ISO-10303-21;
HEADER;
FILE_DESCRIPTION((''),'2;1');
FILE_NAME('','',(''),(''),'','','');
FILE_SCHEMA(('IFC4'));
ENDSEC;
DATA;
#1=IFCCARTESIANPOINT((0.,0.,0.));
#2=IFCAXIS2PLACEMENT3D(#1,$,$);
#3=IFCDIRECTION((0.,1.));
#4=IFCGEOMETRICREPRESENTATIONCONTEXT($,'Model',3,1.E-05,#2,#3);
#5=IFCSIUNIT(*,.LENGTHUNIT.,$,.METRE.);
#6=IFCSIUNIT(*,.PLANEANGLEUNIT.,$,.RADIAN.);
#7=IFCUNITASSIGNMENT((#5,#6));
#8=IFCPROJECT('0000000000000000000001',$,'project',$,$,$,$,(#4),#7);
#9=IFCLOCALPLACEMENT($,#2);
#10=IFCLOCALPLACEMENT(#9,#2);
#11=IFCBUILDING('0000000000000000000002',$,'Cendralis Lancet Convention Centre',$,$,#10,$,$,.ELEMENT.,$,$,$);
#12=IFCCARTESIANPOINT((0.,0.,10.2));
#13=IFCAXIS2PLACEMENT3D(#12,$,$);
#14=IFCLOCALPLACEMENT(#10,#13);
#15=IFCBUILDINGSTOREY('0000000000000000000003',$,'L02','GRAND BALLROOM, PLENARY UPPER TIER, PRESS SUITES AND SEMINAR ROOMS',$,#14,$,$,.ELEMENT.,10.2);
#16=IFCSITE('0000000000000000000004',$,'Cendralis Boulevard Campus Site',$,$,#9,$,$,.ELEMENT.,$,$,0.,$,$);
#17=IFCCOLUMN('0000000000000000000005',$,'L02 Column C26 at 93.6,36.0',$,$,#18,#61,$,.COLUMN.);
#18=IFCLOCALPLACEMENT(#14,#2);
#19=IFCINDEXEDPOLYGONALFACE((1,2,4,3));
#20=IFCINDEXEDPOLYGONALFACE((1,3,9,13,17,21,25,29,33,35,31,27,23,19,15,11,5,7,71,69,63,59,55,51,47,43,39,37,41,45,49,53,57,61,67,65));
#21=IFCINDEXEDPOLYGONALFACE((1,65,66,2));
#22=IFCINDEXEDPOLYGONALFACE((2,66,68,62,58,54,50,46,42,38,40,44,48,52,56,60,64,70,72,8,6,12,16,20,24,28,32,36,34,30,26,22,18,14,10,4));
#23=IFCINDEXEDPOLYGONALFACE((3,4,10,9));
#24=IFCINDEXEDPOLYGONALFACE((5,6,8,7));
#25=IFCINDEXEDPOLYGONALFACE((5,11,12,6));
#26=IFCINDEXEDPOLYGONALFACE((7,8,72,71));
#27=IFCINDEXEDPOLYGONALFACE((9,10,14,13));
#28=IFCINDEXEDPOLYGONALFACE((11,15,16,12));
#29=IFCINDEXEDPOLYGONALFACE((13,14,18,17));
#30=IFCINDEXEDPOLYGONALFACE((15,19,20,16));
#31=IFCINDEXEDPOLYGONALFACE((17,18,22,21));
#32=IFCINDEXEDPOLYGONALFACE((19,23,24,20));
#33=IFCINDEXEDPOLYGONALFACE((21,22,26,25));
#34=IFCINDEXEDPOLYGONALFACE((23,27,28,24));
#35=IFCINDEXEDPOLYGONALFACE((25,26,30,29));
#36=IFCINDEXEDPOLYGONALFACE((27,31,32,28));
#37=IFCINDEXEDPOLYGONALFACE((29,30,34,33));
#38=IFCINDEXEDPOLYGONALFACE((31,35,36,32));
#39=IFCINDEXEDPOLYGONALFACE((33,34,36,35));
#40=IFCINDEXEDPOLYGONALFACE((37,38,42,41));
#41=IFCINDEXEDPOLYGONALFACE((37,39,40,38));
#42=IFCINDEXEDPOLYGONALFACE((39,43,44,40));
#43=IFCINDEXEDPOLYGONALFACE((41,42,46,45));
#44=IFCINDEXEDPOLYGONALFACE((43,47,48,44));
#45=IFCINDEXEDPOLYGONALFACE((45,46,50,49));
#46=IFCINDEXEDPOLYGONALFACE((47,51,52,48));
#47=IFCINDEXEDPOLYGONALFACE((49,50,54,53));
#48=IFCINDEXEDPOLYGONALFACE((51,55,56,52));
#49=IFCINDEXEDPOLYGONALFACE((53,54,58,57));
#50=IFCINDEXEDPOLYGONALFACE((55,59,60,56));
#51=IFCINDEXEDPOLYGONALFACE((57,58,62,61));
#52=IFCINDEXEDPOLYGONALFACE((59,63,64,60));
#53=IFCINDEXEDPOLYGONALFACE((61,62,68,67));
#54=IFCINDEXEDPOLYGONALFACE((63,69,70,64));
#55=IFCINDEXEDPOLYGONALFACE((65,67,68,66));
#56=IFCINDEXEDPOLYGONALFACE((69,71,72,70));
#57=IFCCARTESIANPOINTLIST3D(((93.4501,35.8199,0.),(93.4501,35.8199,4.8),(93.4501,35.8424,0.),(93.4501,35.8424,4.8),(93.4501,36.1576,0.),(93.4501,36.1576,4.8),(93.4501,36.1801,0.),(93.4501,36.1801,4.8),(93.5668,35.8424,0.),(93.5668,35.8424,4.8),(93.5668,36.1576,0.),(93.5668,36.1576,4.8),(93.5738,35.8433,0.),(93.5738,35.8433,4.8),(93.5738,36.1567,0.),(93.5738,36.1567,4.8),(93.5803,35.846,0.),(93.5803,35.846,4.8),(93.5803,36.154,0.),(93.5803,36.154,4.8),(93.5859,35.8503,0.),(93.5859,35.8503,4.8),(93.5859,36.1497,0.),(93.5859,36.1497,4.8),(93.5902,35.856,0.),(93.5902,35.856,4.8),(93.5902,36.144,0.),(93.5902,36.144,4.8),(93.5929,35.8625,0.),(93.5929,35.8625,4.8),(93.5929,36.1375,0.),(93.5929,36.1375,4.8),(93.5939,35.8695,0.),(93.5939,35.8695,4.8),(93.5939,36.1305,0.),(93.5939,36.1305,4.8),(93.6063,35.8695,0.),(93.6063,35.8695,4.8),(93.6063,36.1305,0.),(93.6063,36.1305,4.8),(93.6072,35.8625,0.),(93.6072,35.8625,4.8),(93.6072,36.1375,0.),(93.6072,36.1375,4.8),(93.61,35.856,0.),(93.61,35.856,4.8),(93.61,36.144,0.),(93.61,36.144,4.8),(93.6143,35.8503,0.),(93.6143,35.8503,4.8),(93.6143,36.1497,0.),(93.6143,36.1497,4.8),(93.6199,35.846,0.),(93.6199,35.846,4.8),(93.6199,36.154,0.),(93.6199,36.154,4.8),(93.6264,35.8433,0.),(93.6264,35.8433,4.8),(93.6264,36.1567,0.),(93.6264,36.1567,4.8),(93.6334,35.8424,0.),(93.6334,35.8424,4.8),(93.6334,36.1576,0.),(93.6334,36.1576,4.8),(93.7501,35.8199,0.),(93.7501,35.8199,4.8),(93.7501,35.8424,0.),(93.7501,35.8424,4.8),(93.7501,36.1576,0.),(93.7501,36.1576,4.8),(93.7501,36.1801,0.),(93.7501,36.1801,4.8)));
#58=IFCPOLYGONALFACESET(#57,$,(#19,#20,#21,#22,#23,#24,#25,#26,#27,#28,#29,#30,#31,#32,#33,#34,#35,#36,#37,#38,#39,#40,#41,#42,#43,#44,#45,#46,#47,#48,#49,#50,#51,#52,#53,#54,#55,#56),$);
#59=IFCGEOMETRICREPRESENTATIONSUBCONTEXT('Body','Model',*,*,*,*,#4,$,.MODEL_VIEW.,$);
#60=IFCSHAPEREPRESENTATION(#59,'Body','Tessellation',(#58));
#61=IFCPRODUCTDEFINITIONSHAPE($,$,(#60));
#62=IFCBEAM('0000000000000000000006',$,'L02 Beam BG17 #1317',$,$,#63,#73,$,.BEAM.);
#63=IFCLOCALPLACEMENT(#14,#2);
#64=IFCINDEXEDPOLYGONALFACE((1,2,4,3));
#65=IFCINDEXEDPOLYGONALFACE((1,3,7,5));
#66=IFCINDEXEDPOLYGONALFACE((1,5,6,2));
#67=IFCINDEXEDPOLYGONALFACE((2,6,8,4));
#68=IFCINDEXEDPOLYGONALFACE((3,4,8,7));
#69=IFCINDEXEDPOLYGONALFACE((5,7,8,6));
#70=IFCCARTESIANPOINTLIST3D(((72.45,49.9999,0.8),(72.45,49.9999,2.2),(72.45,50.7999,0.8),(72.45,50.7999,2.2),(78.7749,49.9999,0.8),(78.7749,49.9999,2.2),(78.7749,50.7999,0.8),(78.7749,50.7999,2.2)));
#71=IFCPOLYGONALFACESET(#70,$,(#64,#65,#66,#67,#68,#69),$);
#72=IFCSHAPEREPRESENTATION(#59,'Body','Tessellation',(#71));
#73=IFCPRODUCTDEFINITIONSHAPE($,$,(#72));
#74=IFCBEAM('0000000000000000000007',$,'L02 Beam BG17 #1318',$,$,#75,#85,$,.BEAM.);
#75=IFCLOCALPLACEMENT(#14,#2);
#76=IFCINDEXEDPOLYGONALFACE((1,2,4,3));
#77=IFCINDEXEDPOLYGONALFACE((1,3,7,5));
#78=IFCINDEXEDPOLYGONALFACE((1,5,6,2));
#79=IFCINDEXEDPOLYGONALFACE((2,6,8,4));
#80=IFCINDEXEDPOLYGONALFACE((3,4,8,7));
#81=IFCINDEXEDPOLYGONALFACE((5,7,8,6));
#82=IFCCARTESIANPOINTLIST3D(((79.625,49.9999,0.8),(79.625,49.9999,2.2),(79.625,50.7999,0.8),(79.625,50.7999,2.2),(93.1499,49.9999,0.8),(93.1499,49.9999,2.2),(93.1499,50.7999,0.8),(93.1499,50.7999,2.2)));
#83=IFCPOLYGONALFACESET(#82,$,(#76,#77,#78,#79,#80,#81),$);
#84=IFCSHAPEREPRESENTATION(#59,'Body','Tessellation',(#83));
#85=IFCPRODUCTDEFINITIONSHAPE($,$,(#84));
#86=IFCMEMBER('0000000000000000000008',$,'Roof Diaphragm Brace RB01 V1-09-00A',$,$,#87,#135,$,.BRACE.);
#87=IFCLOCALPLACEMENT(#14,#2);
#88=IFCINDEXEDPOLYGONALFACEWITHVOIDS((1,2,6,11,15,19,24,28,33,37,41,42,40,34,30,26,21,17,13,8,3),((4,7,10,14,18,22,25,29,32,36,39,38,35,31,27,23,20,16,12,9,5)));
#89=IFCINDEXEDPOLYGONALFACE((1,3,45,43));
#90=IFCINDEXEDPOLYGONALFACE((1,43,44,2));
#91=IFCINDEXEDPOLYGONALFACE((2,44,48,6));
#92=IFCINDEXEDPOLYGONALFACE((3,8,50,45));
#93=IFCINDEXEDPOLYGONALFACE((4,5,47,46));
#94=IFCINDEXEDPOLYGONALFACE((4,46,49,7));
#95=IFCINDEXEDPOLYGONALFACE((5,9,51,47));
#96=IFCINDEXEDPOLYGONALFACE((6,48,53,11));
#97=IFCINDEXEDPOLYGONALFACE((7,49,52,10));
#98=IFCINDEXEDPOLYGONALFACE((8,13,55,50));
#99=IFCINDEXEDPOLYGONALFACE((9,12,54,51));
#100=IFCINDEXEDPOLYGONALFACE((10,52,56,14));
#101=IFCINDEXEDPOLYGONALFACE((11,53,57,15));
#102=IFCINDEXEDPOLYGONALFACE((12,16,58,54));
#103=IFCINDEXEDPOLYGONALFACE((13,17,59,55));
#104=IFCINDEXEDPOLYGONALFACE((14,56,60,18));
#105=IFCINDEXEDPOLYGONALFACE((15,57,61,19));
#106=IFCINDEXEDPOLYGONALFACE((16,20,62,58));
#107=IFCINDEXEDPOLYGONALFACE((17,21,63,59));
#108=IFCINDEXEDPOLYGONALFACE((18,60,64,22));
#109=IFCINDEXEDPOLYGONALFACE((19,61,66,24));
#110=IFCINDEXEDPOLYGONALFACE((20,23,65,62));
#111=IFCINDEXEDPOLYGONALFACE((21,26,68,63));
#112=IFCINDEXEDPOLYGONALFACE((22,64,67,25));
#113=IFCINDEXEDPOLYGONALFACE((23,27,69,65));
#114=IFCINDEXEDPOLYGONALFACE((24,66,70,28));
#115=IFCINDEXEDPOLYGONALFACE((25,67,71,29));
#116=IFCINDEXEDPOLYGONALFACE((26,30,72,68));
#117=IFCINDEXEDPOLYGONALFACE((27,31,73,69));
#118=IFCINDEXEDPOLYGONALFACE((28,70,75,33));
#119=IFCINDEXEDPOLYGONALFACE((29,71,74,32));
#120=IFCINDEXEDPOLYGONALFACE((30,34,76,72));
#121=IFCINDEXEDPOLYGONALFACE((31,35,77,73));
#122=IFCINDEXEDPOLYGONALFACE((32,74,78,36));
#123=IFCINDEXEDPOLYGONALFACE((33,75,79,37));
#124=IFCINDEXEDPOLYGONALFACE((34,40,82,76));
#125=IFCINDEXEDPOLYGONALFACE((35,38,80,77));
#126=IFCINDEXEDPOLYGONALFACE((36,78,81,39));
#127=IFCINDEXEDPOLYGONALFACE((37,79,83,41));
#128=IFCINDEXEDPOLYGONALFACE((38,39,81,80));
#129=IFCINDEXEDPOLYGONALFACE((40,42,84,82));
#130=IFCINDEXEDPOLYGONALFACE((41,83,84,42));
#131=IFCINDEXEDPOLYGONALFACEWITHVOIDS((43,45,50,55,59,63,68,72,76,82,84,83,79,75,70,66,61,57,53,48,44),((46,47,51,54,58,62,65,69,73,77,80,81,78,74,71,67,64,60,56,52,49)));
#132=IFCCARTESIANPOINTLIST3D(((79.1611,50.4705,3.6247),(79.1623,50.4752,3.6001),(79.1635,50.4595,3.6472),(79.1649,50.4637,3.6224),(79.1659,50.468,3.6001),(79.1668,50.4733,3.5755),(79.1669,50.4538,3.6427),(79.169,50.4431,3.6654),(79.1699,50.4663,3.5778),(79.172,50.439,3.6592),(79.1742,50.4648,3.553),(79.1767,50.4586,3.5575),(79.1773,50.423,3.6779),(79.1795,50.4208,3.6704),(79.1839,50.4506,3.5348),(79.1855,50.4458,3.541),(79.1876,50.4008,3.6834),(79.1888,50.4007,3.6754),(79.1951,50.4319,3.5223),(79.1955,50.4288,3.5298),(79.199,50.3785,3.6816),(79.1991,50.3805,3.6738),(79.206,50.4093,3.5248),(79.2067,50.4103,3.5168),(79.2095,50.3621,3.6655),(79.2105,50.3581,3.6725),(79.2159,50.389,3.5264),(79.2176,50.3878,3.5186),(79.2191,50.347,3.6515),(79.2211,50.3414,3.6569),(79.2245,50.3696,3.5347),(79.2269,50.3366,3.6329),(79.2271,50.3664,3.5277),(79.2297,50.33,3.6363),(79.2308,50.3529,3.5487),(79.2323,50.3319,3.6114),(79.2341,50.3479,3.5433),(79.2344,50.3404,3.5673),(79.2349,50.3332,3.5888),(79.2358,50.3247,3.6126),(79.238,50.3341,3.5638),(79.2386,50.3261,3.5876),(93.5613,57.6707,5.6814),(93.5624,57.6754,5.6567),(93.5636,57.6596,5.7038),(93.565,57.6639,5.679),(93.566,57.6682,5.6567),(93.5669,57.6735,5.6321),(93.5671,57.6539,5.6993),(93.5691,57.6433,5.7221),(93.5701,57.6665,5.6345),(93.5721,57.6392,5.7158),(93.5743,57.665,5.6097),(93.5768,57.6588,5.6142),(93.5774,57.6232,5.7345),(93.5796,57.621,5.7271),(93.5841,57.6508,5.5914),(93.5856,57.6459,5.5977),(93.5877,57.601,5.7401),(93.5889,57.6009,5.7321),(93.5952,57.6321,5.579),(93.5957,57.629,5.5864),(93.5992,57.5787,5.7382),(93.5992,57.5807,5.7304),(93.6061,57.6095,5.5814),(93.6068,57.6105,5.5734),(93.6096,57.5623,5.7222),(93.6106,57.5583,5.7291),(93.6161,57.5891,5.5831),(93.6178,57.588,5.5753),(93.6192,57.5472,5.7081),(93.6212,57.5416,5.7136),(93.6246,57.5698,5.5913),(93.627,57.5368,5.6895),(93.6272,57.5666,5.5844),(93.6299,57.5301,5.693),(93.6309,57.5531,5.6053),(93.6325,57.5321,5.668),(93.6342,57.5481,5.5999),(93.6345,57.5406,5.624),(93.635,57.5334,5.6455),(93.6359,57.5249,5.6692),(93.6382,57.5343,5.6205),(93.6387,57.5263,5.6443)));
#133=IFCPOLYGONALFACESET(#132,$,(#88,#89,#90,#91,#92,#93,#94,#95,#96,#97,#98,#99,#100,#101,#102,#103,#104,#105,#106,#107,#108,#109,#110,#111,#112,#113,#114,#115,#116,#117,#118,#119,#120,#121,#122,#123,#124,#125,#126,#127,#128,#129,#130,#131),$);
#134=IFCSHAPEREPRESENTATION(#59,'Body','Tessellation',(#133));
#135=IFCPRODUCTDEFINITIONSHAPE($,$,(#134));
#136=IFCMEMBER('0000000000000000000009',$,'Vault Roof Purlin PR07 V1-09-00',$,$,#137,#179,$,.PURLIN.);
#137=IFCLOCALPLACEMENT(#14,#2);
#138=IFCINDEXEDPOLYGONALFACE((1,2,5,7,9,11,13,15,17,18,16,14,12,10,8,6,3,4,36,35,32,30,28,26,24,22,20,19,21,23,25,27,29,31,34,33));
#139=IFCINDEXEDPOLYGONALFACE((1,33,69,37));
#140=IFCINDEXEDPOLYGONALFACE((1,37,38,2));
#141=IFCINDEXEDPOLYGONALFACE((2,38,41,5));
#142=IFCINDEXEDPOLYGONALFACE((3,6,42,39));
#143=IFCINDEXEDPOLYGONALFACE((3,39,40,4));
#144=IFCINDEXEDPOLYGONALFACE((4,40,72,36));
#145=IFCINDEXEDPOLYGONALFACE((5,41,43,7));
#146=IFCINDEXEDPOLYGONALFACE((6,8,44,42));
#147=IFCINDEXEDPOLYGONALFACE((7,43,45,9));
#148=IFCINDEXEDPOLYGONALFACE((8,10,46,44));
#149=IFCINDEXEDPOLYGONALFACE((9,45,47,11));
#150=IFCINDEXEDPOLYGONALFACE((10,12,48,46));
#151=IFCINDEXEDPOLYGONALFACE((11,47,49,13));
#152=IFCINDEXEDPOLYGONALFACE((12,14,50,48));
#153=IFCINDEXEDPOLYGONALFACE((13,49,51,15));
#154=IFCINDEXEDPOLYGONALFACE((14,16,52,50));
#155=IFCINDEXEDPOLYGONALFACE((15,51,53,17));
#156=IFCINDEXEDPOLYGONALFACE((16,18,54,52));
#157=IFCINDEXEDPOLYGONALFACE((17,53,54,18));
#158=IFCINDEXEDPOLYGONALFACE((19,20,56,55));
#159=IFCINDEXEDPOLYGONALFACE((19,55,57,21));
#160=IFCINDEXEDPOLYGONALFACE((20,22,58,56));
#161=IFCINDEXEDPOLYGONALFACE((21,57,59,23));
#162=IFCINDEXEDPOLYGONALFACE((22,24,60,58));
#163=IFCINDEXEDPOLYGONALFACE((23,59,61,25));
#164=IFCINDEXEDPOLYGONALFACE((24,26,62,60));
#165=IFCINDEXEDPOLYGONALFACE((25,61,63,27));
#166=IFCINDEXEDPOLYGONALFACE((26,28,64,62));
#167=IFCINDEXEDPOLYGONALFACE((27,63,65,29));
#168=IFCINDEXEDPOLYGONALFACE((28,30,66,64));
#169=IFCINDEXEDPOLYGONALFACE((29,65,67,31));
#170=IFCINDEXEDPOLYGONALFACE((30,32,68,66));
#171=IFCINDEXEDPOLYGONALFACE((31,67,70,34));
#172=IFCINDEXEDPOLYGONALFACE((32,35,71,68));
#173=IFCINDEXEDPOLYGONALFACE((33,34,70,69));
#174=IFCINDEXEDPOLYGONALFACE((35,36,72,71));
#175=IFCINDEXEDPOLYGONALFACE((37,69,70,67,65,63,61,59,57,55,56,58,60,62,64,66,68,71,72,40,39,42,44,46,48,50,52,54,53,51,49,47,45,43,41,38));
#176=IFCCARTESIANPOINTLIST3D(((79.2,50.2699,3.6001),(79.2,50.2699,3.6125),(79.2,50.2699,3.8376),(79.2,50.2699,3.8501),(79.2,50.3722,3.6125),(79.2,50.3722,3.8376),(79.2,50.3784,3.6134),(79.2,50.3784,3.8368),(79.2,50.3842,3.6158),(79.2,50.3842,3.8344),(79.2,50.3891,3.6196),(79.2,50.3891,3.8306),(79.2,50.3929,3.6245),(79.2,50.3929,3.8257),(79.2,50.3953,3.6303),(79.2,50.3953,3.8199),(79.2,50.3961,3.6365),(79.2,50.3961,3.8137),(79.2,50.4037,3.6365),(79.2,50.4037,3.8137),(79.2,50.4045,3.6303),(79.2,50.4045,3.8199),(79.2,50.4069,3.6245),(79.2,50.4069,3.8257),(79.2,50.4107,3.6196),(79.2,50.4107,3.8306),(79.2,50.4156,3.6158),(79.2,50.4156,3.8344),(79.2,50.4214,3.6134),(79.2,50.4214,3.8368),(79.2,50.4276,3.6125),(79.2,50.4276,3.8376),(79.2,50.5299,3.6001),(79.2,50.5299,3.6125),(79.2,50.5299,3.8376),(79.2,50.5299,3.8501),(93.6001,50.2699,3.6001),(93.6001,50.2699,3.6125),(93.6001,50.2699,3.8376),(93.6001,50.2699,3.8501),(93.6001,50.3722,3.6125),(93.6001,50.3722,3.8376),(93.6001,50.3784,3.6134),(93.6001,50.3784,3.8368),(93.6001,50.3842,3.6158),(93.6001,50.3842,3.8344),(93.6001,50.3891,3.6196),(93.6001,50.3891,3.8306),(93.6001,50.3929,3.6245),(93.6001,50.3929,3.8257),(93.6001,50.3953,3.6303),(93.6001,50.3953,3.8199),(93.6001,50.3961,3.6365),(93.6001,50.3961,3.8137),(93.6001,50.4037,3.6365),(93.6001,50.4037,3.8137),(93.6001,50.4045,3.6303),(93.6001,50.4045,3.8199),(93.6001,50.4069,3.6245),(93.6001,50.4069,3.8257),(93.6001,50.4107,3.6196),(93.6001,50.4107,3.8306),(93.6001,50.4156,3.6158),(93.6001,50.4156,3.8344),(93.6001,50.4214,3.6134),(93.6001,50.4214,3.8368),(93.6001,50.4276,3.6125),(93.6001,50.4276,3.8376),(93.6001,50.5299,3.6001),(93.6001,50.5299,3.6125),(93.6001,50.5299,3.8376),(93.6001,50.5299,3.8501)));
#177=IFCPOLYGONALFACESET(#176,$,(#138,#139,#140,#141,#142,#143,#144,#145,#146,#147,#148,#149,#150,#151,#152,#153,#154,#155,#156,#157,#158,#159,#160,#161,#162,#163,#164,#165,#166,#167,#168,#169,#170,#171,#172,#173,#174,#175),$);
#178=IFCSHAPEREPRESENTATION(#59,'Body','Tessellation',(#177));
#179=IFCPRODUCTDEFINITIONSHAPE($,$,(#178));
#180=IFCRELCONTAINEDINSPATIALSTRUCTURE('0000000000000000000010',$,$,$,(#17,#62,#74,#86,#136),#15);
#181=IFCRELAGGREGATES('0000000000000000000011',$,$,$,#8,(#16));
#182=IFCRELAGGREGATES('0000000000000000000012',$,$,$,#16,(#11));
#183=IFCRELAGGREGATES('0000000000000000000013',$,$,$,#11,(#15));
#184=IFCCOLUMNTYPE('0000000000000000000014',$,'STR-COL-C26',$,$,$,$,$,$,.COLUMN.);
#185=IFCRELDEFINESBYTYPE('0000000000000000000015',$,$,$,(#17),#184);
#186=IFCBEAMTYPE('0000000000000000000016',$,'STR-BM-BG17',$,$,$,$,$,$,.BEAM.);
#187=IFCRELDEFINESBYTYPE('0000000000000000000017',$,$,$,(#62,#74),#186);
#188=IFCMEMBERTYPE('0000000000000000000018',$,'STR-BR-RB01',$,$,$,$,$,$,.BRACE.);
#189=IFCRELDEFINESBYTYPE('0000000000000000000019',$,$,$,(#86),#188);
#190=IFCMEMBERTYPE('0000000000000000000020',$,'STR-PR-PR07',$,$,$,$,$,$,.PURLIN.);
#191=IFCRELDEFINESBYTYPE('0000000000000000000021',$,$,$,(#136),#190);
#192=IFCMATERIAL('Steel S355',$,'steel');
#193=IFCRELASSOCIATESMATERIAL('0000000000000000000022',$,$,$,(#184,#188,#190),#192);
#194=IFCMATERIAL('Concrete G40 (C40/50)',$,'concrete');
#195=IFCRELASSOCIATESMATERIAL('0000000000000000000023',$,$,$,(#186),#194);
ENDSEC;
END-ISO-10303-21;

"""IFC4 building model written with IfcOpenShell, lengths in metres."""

from ifc_helpers import new_model, si_unit, direction, frame, origin, origin_2d, place, context, subcontext, project, spatial, rectangle, hollow_circle, i_section, extrude, material, material_profile, profile_set, type_object, element, save


model = new_model("IFC4")

# Units and contexts
model_context = context("Model", 3, precision=1e-05, world=origin(), true_north=direction((0.0, 1.0)))
body_context = subcontext(model_context, "Body", "Model", "MODEL_VIEW")
ifc_project = project(units=[si_unit("LENGTHUNIT", "METRE"), si_unit("PLANEANGLEUNIT", "RADIAN")], contexts=[model_context])

# Site, building, storey
site_placement = place(None, origin())
site = spatial("IfcSite", under=ifc_project, at=site_placement, Name="Cendralis Boulevard Campus Site", CompositionType="ELEMENT", RefElevation=0.0)
building_placement = place(site_placement, origin())
building = spatial("IfcBuilding", under=site, at=building_placement, Name="Cendralis Lancet Convention Centre", CompositionType="ELEMENT")
storey_placement = place(building_placement, frame((0.0, 0.0, 10.2)))
storey = spatial("IfcBuildingStorey", under=building, at=storey_placement, Name="L02", Description="GRAND BALLROOM, PLENARY UPPER TIER, PRESS SUITES AND SEMINAR ROOMS", CompositionType="ELEMENT", Elevation=10.2)

# Column
ifc_material_1 = material(Name="Steel S355", Category="steel")
ifc_material_profile_1 = material_profile(ifc_material_1, i_section(OverallWidth=0.3, OverallDepth=0.3601, WebThickness=0.0125, FlangeThickness=0.0225, FilletRadius=0.0271, at=origin_2d()), Name="HEB 360")
ifc_profile_set_1 = profile_set([ifc_material_profile_1], Name="Steel S355")
column_type = type_object("IfcColumnType", Name="STR-COL-C26", PredefinedType="COLUMN", material=ifc_profile_set_1)
column_placement = place(storey_placement, frame((93.6001, 36.0, 0.0), z_axis=(0.0, 0.0, 1.0), x_axis=(1.0, 0.0, 0.0)))
element("IfcColumn", 1, at=column_placement, inside=storey, type_object=column_type, Name="L02 Column C26 at 93.6,36.0", PredefinedType="COLUMN", context=body_context, shape_type="SweptSolid", body=[
    extrude(i_section(OverallWidth=0.3, OverallDepth=0.3601, WebThickness=0.0125, FlangeThickness=0.0225, FilletRadius=0.0271, at=origin_2d()), origin(), (0.0, 0.0, 1.0), 4.8),
])

# Beams
ifc_material_2 = material(Name="Concrete G40 (C40/50)", Category="concrete")
ifc_material_profile_2 = material_profile(ifc_material_2, rectangle(XDim=0.8, YDim=1.3999, at=origin_2d()), Name="RCB 800x1400")
ifc_profile_set_2 = profile_set([ifc_material_profile_2], Name="Concrete G40 (C40/50)")
beam_type_1 = type_object("IfcBeamType", Name="STR-BM-BG17", PredefinedType="BEAM", material=ifc_profile_set_2)
beam_1_placement = place(storey_placement, frame((72.45, 50.3999, 1.5), z_axis=(1.0, 0.0, 0.0), x_axis=(0.0, 1.0, 0.0)))
element("IfcBeam", 2, at=beam_1_placement, inside=storey, type_object=beam_type_1, Name="L02 Beam BG17 #1317", PredefinedType="BEAM", context=body_context, shape_type="SweptSolid", body=[
    extrude(rectangle(XDim=0.8, YDim=1.3999, at=origin_2d()), origin(), (0.0, 0.0, 1.0), 6.325),
])
beam_2_placement = place(storey_placement, frame((79.625, 50.3999, 1.5), z_axis=(1.0, 0.0, 0.0), x_axis=(0.0, 1.0, 0.0)))
element("IfcBeam", 3, at=beam_2_placement, inside=storey, type_object=beam_type_1, Name="L02 Beam BG17 #1318", PredefinedType="BEAM", context=body_context, shape_type="SweptSolid", body=[
    extrude(rectangle(XDim=0.8, YDim=1.3999, at=origin_2d()), origin(), (0.0, 0.0, 1.0), 13.5249),
])

# Members
ifc_material_profile_3 = material_profile(ifc_material_1, hollow_circle(Radius=0.0842, WallThickness=0.0081, at=origin_2d()), Name="CHS 168.3x8.0")
ifc_profile_set_3 = profile_set([ifc_material_profile_3], Name="Steel S355")
member_type_1 = type_object("IfcMemberType", Name="STR-BR-RB01", PredefinedType="BRACE", material=ifc_profile_set_3)
member_1_placement = place(storey_placement, frame((79.2, 50.3999, 3.6001), z_axis=(0.887215, 0.443615, 0.126713), x_axis=(-0.44722, 0.894424, 0.0)))
element("IfcMember", 4, at=member_1_placement, inside=storey, type_object=member_type_1, Name="Roof Diaphragm Brace RB01 V1-09-00A", PredefinedType="BRACE", context=body_context, shape_type="SweptSolid", body=[
    extrude(hollow_circle(Radius=0.0842, WallThickness=0.0081, at=origin_2d()), origin(), (0.0, 0.0, 1.0), 16.2307),
])
ifc_material_profile_4 = material_profile(ifc_material_1, i_section(OverallWidth=0.26, OverallDepth=0.25, WebThickness=0.0076, FlangeThickness=0.0125, FilletRadius=0.0239, at=origin_2d()), Name="HEA 260")
ifc_profile_set_4 = profile_set([ifc_material_profile_4], Name="Steel S355")
member_type_2 = type_object("IfcMemberType", Name="STR-PR-PR07", PredefinedType="PURLIN", material=ifc_profile_set_4)
member_2_placement = place(storey_placement, frame((79.2, 50.3999, 3.7251), z_axis=(1.0, 0.0, 0.0), x_axis=(0.0, 1.0, 0.0)))
element("IfcMember", 5, at=member_2_placement, inside=storey, type_object=member_type_2, Name="Vault Roof Purlin PR07 V1-09-00", PredefinedType="PURLIN", context=body_context, shape_type="SweptSolid", body=[
    extrude(i_section(OverallWidth=0.26, OverallDepth=0.25, WebThickness=0.0076, FlangeThickness=0.0125, FilletRadius=0.0239, at=origin_2d()), origin(), (0.0, 0.0, 1.0), 14.4001),
])

save(model, "model.ifc")
